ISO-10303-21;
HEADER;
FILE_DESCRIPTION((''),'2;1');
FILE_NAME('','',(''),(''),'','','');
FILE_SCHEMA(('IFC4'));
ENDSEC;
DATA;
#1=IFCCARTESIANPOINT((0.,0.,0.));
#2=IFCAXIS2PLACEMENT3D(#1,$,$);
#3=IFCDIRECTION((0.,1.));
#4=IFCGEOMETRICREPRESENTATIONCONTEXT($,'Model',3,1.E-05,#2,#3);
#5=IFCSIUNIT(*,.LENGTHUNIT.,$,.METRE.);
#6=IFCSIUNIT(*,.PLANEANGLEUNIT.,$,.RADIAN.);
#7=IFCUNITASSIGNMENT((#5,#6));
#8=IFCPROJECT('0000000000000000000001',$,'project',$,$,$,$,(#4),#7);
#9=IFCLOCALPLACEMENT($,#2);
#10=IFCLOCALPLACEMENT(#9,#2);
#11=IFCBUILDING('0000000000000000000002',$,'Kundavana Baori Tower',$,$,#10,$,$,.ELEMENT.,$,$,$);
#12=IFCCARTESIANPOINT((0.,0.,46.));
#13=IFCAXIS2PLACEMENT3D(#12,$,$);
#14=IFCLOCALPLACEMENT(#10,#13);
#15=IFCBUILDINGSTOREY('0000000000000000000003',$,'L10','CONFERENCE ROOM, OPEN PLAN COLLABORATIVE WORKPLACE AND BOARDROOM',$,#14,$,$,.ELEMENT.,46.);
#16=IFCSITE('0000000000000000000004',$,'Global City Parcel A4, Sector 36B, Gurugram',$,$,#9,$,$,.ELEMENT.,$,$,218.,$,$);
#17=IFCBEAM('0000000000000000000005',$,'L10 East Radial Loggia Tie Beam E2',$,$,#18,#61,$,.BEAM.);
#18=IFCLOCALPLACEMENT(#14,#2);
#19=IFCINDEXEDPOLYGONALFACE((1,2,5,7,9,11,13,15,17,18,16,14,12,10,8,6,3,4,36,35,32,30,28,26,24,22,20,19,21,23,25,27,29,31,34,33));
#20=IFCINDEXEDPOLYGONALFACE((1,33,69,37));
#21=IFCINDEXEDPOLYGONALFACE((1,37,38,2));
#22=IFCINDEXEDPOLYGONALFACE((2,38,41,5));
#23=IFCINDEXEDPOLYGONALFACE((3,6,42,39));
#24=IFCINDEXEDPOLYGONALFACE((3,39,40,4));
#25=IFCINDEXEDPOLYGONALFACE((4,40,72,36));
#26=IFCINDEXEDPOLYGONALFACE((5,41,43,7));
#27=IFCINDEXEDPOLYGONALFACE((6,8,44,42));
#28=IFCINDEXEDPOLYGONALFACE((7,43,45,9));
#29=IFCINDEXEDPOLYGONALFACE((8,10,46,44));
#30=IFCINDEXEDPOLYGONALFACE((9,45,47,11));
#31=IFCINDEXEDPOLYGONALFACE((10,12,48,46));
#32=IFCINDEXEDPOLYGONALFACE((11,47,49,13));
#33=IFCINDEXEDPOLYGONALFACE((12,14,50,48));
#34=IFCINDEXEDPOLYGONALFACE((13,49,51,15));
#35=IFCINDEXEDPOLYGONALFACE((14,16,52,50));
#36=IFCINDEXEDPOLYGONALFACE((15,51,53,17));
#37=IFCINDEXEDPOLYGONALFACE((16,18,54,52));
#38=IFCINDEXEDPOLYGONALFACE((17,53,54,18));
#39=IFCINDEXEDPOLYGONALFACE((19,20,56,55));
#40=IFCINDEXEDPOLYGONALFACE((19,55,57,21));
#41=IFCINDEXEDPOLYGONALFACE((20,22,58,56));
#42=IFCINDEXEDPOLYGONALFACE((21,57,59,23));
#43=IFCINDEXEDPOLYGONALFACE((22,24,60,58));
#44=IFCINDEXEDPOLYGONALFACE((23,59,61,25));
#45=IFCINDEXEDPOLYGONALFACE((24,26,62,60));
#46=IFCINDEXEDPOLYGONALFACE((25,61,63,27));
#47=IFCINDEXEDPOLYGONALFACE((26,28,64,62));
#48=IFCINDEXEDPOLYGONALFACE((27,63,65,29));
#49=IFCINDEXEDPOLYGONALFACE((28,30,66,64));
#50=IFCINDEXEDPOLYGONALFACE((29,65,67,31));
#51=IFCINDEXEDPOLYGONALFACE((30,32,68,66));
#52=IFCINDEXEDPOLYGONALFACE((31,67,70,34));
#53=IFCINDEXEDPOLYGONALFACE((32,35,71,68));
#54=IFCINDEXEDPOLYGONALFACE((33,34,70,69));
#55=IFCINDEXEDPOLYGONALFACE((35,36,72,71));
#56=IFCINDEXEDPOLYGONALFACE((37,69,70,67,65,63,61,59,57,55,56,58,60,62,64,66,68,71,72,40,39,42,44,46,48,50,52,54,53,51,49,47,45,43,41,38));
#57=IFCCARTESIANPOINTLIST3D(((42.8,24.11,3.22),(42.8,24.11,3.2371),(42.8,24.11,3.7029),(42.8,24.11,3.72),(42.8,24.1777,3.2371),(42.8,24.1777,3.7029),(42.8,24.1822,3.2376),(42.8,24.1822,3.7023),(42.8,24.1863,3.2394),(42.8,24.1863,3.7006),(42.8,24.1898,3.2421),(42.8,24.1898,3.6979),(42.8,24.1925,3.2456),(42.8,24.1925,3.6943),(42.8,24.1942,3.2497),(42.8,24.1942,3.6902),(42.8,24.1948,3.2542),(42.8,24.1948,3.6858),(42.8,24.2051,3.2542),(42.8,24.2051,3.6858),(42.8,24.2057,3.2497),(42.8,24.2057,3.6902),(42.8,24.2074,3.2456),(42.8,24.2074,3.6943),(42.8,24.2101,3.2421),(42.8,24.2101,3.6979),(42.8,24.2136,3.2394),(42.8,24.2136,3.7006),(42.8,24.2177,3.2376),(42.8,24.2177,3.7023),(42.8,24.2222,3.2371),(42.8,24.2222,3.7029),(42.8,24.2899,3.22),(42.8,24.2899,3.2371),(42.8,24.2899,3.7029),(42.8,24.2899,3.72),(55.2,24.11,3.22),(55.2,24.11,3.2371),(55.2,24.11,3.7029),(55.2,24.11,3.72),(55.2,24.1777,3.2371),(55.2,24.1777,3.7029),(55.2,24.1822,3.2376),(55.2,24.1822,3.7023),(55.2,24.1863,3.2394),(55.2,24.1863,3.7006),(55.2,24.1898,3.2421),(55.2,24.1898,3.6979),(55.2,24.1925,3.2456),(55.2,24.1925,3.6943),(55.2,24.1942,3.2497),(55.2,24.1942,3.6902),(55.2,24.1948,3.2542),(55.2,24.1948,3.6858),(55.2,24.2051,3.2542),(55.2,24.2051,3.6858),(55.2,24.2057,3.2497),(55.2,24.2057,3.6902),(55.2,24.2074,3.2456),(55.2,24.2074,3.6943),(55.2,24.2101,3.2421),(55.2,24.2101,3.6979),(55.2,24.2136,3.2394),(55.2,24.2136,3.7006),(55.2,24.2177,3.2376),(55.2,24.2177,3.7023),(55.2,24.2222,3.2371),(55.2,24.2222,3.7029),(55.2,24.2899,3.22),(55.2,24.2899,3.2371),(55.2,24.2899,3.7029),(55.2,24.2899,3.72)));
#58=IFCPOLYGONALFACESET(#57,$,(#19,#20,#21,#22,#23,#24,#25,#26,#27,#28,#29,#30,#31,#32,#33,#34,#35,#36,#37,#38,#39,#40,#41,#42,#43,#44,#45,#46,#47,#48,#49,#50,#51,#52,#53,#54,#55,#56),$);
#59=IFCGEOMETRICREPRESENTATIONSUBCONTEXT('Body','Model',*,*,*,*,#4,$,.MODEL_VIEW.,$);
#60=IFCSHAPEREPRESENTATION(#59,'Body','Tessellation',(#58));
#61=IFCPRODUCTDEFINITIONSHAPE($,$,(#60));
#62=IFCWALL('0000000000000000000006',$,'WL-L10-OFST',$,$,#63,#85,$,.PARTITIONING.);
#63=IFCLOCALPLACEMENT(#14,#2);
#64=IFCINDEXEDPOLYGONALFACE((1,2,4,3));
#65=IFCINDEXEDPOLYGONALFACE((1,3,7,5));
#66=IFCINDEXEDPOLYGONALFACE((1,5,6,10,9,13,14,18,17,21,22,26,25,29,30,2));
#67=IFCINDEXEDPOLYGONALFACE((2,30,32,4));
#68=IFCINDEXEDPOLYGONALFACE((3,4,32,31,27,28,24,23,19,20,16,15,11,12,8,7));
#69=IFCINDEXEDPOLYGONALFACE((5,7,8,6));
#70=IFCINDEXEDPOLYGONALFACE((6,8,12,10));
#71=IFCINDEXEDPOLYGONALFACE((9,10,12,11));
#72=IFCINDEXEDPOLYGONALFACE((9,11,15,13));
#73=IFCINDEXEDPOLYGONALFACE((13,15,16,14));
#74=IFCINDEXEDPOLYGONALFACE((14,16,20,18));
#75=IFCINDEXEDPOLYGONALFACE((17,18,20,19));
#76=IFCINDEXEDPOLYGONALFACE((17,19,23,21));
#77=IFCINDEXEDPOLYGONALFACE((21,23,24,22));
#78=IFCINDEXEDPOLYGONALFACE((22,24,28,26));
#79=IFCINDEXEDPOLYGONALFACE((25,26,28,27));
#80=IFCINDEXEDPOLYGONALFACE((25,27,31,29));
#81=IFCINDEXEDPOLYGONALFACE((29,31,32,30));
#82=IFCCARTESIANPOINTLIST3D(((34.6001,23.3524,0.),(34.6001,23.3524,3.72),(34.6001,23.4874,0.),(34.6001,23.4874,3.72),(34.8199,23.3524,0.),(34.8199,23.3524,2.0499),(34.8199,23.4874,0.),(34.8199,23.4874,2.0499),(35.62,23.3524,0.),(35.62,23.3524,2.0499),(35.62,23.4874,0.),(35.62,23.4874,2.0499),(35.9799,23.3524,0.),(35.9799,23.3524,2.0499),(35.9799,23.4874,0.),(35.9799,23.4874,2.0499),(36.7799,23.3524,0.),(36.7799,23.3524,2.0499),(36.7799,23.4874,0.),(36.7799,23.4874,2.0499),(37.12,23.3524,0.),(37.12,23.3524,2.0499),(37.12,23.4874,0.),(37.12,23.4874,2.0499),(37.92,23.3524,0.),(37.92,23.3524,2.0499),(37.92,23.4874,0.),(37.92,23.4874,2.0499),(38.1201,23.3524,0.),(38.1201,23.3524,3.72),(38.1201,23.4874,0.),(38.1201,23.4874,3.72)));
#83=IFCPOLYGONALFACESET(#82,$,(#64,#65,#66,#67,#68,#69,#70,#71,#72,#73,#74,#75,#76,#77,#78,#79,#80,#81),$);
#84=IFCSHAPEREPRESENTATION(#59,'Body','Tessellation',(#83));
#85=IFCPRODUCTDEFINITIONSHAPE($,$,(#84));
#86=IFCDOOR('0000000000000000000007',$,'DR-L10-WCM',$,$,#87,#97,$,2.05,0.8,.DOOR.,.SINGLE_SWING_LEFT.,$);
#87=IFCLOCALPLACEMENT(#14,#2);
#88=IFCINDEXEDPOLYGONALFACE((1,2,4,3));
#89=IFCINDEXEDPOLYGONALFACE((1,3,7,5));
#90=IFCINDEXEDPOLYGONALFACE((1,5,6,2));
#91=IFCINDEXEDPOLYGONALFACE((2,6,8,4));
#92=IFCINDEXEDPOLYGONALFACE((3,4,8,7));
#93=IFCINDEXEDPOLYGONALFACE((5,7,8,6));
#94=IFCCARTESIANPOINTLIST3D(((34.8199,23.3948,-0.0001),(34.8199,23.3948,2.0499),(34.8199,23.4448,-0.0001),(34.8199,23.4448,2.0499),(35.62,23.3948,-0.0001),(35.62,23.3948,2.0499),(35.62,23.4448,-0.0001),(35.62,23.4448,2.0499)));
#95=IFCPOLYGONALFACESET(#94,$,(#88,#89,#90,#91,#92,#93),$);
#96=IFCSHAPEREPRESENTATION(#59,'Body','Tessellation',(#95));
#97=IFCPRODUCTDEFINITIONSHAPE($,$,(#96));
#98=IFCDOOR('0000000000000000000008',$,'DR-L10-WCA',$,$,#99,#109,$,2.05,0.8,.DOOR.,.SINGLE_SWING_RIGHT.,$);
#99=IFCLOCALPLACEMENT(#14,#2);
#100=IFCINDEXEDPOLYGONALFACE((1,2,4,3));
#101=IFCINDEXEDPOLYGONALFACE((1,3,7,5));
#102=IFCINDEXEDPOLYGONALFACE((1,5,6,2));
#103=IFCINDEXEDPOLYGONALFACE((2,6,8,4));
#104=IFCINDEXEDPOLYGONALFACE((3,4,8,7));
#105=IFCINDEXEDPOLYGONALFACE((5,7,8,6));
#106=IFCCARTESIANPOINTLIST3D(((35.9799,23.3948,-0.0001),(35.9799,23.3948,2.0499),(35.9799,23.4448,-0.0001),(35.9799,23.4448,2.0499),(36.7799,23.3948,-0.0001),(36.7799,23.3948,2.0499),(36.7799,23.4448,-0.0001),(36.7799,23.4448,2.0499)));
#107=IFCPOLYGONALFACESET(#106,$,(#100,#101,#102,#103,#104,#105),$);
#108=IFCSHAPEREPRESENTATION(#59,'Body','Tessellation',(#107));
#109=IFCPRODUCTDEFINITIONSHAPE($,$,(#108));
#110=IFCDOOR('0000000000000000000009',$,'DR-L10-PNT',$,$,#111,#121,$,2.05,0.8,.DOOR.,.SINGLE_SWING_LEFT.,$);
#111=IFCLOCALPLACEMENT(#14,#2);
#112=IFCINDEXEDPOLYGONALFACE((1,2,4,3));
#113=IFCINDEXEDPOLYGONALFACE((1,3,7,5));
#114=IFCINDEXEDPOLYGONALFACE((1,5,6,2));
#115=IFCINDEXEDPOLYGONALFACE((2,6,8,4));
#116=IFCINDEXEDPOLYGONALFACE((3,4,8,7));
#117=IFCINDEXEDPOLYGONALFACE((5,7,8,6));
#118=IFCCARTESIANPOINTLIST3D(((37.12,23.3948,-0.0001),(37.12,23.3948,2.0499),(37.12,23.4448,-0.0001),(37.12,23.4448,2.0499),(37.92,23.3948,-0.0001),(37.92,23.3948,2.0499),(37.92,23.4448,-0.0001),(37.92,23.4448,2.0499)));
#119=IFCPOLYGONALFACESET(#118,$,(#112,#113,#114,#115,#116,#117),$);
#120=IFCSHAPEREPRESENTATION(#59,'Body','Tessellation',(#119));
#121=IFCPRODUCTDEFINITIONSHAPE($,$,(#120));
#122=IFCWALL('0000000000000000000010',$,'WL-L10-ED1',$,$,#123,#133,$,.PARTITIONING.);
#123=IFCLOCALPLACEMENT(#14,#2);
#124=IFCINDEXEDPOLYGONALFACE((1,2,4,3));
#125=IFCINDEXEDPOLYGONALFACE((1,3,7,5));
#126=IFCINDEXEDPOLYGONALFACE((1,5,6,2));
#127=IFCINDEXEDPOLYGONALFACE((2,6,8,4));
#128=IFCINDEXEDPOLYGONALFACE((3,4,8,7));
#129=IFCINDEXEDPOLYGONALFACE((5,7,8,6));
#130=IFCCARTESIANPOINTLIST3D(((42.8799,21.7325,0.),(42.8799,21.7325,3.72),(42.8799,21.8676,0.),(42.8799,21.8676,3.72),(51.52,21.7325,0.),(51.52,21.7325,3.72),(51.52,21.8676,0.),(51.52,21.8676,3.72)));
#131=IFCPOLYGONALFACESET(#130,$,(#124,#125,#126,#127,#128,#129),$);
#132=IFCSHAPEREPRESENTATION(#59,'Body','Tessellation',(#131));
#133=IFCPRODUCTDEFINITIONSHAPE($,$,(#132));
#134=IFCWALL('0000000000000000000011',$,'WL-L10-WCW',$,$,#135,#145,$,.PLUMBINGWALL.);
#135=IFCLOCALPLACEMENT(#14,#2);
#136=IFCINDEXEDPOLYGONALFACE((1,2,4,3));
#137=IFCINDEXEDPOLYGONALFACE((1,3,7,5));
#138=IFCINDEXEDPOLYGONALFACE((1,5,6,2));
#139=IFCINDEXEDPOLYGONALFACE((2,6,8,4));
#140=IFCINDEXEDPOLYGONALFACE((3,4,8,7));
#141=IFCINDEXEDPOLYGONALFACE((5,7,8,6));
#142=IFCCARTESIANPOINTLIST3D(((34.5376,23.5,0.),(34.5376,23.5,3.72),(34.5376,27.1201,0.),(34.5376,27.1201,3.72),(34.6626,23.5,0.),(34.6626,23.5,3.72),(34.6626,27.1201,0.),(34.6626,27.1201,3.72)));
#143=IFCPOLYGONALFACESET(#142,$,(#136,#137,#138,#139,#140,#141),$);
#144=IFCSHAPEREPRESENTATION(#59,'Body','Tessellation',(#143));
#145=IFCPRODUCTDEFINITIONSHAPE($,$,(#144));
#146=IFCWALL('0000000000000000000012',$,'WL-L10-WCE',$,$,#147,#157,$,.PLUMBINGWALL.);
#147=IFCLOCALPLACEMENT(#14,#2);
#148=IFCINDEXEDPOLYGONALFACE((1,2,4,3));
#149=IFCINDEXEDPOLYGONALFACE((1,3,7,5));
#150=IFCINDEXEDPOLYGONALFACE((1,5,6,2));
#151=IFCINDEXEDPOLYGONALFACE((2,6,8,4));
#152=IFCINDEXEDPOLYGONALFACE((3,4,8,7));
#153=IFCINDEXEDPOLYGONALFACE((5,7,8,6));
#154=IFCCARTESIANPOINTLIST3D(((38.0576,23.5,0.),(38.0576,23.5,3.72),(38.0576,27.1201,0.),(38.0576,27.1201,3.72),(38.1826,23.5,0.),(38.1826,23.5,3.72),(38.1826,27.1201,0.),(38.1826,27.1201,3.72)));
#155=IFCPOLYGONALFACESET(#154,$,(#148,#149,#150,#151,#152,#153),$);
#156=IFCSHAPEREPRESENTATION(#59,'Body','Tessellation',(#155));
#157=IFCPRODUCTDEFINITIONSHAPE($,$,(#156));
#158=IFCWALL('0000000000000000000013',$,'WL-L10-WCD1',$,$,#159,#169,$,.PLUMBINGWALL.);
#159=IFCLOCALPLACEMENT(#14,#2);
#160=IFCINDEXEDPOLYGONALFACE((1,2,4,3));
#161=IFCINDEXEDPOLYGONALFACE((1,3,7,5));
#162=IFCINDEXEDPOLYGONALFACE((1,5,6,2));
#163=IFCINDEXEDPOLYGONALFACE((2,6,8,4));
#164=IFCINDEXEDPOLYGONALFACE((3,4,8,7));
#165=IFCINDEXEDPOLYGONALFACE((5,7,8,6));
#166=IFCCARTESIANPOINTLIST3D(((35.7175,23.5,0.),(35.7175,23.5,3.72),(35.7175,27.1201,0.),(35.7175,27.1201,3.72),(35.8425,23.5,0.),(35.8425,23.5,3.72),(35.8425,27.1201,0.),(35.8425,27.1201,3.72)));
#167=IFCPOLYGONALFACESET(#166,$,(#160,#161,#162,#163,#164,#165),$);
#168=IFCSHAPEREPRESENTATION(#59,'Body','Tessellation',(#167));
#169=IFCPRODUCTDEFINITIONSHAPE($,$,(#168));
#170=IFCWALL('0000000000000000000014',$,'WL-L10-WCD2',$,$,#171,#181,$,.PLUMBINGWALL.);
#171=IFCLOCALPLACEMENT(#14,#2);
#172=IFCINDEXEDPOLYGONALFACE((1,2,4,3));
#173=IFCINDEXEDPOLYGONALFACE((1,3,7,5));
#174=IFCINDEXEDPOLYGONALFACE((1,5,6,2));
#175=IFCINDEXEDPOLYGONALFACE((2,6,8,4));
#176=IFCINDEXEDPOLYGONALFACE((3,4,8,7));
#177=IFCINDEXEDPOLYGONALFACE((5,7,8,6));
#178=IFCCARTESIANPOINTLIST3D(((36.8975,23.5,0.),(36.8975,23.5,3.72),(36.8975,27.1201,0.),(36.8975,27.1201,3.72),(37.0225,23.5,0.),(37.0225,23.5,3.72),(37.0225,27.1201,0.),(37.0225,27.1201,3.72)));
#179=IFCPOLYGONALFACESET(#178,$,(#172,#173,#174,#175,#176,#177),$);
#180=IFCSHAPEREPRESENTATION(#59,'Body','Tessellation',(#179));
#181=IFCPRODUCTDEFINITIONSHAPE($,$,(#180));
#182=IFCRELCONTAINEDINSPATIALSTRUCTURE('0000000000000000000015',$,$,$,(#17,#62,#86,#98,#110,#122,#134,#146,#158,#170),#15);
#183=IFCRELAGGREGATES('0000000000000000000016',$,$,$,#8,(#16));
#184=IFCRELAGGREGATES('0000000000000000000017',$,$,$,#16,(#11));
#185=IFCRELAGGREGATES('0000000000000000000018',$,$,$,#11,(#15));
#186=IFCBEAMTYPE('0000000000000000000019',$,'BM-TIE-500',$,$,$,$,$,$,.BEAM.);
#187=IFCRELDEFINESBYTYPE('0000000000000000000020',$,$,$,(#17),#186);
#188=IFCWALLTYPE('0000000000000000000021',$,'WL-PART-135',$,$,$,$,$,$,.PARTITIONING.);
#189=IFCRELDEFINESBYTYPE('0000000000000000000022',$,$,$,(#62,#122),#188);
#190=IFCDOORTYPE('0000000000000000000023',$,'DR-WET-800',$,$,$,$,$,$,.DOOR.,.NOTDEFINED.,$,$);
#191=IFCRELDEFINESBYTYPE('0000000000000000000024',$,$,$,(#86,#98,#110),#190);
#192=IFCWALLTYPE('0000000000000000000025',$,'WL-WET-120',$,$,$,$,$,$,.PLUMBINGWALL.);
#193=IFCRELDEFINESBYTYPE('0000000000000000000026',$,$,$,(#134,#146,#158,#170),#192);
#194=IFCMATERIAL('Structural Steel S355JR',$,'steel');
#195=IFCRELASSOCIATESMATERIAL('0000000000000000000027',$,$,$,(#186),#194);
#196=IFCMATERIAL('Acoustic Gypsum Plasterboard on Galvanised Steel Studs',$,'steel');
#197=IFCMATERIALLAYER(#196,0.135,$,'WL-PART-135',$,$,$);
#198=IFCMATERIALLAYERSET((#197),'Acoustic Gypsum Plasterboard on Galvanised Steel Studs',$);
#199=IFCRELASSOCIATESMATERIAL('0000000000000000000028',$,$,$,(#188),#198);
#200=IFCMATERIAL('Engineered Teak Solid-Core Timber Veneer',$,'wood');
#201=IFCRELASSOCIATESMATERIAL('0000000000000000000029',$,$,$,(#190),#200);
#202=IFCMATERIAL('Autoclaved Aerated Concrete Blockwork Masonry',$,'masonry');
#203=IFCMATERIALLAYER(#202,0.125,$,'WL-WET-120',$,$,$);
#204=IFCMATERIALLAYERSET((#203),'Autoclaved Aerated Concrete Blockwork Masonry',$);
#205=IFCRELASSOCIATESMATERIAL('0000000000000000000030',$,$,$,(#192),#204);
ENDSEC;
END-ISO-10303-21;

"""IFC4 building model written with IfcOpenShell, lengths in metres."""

from ifc_helpers import new_model, si_unit, direction, frame, frame_2d, origin, origin_2d, place, context, subcontext, project, spatial, rectangle, i_section, extrude, material, layer, layer_set, material_profile, profile_set, type_object, element, fill, save


model = new_model("IFC4")

# Units and contexts
model_context = context("Model", 3, precision=1e-05, world=origin(), true_north=direction((0.0, 1.0)))
body_context = subcontext(model_context, "Body", "Model", "MODEL_VIEW")
ifc_project = project(units=[si_unit("LENGTHUNIT", "METRE"), si_unit("PLANEANGLEUNIT", "RADIAN")], contexts=[model_context])

# Site, building, storey
site_placement = place(None, origin())
site = spatial("IfcSite", under=ifc_project, at=site_placement, Name="Global City Parcel A4, Sector 36B, Gurugram", CompositionType="ELEMENT", RefElevation=218.0)
building_placement = place(site_placement, origin())
building = spatial("IfcBuilding", under=site, at=building_placement, Name="Kundavana Baori Tower", CompositionType="ELEMENT")
storey_placement = place(building_placement, frame((0.0, 0.0, 46.0)))
storey = spatial("IfcBuildingStorey", under=building, at=storey_placement, Name="L10", Description="CONFERENCE ROOM, OPEN PLAN COLLABORATIVE WORKPLACE AND BOARDROOM", CompositionType="ELEMENT", Elevation=46.0)

# Beam
ifc_material_1 = material(Name="Structural Steel S355JR", Category="steel")
ifc_material_profile_1 = material_profile(ifc_material_1, i_section(OverallWidth=0.1799, OverallDepth=0.5, WebThickness=0.0103, FlangeThickness=0.0171, FilletRadius=0.0171, at=origin_2d()), Name="ISMB 500")
ifc_profile_set_1 = profile_set([ifc_material_profile_1], Name="Structural Steel S355JR")
beam_type_1 = type_object("IfcBeamType", Name="BM-TIE-500", PredefinedType="BEAM", material=ifc_profile_set_1)
beam_1_placement = place(storey_placement, frame((42.8, 24.2, 3.47), z_axis=(1.0, 0.0, 0.0), x_axis=(0.0, 1.0, 0.0)))
element("IfcBeam", 1, at=beam_1_placement, inside=storey, type_object=beam_type_1, Name="L10 East Radial Loggia Tie Beam E2", PredefinedType="BEAM", context=body_context, shape_type="SweptSolid", body=[
    extrude(i_section(OverallWidth=0.1799, OverallDepth=0.5, WebThickness=0.0103, FlangeThickness=0.0171, FilletRadius=0.0171, at=origin_2d()), origin(), (0.0, 0.0, 1.0), 12.3999),
])

# Wall, openings, doors
ifc_material_2 = material(Name="Acoustic Gypsum Plasterboard on Galvanised Steel Studs", Category="steel")
ifc_layer_1 = layer(ifc_material_2, 0.135, Name="WL-PART-135")
ifc_layer_set_1 = layer_set([ifc_layer_1], Name="Acoustic Gypsum Plasterboard on Galvanised Steel Studs")
wall_type_1 = type_object("IfcWallType", Name="WL-PART-135", PredefinedType="PARTITIONING", material=ifc_layer_set_1)
wall_1_placement = place(storey_placement, frame((34.6001, 23.4199, 0.0), z_axis=(0.0, 0.0, 1.0), x_axis=(1.0, 0.0, 0.0)))
wall_1 = element("IfcWall", 2, at=wall_1_placement, inside=storey, type_object=wall_type_1, Name="WL-L10-OFST", PredefinedType="PARTITIONING", context=body_context, shape_type="SweptSolid", body=[
    extrude(rectangle(XDim=3.52, YDim=0.135, at=frame_2d((1.76, 0.0))), origin(), (0.0, 0.0, 1.0), 3.72),
])
opening_1_placement = place(wall_1_placement, frame((0.22, 0.0, 0.0)))
opening_1 = element("IfcOpeningElement", 3, at=opening_1_placement, cuts=wall_1, PredefinedType="OPENING", context=body_context, shape_type="SweptSolid", body=[
    extrude(rectangle(XDim=0.8, YDim=2.05, at=frame_2d((0.3999, 1.0249))), frame((0.0, 0.0776, 0.0), z_axis=(0.0, -1.0, 0.0), x_axis=(1.0, 0.0, 0.0)), (0.0, 0.0, 1.0), 0.155),
])
opening_2_placement = place(wall_1_placement, frame((1.3799, 0.0, 0.0)))
opening_2 = element("IfcOpeningElement", 4, at=opening_2_placement, cuts=wall_1, PredefinedType="OPENING", context=body_context, shape_type="SweptSolid", body=[
    extrude(rectangle(XDim=0.8, YDim=2.05, at=frame_2d((0.3999, 1.0249))), frame((0.0, 0.0776, 0.0), z_axis=(0.0, -1.0, 0.0), x_axis=(1.0, 0.0, 0.0)), (0.0, 0.0, 1.0), 0.155),
])
opening_3_placement = place(wall_1_placement, frame((2.52, 0.0, 0.0)))
opening_3 = element("IfcOpeningElement", 5, at=opening_3_placement, cuts=wall_1, PredefinedType="OPENING", context=body_context, shape_type="SweptSolid", body=[
    extrude(rectangle(XDim=0.8, YDim=2.05, at=frame_2d((0.3999, 1.0249))), frame((0.0, 0.0776, 0.0), z_axis=(0.0, -1.0, 0.0), x_axis=(1.0, 0.0, 0.0)), (0.0, 0.0, 1.0), 0.155),
])
ifc_material_3 = material(Name="Engineered Teak Solid-Core Timber Veneer", Category="wood")
door_type = type_object("IfcDoorType", Name="DR-WET-800", OperationType="NOTDEFINED", PredefinedType="DOOR", material=ifc_material_3)
door_1_placement = place(opening_1_placement, origin())
door_1 = element("IfcDoor", 6, at=door_1_placement, inside=storey, type_object=door_type, Name="DR-L10-WCM", OperationType="SINGLE_SWING_LEFT", OverallHeight=2.05, OverallWidth=0.8, PredefinedType="DOOR", context=body_context, shape_type="SweptSolid", body=[
    extrude(rectangle(XDim=0.8, YDim=2.05, at=frame_2d((0.3999, 1.0249))), frame((0.0, 0.0249, 0.0), z_axis=(0.0, -1.0, 0.0), x_axis=(1.0, 0.0, 0.0)), (0.0, 0.0, 1.0), 0.05),
])
fill(opening_1, door_1)
door_2_placement = place(opening_2_placement, origin())
door_2 = element("IfcDoor", 7, at=door_2_placement, inside=storey, type_object=door_type, Name="DR-L10-WCA", OperationType="SINGLE_SWING_RIGHT", OverallHeight=2.05, OverallWidth=0.8, PredefinedType="DOOR", context=body_context, shape_type="SweptSolid", body=[
    extrude(rectangle(XDim=0.8, YDim=2.05, at=frame_2d((0.3999, 1.0249))), frame((0.0, 0.0249, 0.0), z_axis=(0.0, -1.0, 0.0), x_axis=(1.0, 0.0, 0.0)), (0.0, 0.0, 1.0), 0.05),
])
fill(opening_2, door_2)
door_3_placement = place(opening_3_placement, origin())
door_3 = element("IfcDoor", 8, at=door_3_placement, inside=storey, type_object=door_type, Name="DR-L10-PNT", OperationType="SINGLE_SWING_LEFT", OverallHeight=2.05, OverallWidth=0.8, PredefinedType="DOOR", context=body_context, shape_type="SweptSolid", body=[
    extrude(rectangle(XDim=0.8, YDim=2.05, at=frame_2d((0.3999, 1.0249))), frame((0.0, 0.0249, 0.0), z_axis=(0.0, -1.0, 0.0), x_axis=(1.0, 0.0, 0.0)), (0.0, 0.0, 1.0), 0.05),
])
fill(opening_3, door_3)

# Walls
wall_2_placement = place(storey_placement, frame((42.8799, 21.8, 0.0), z_axis=(0.0, 0.0, 1.0), x_axis=(1.0, 0.0, 0.0)))
element("IfcWall", 9, at=wall_2_placement, inside=storey, type_object=wall_type_1, Name="WL-L10-ED1", PredefinedType="PARTITIONING", context=body_context, shape_type="SweptSolid", body=[
    extrude(rectangle(XDim=8.6401, YDim=0.135, at=frame_2d((4.3201, 0.0))), origin(), (0.0, 0.0, 1.0), 3.72),
])
ifc_material_4 = material(Name="Autoclaved Aerated Concrete Blockwork Masonry", Category="masonry")
ifc_layer_2 = layer(ifc_material_4, 0.125, Name="WL-WET-120")
ifc_layer_set_2 = layer_set([ifc_layer_2], Name="Autoclaved Aerated Concrete Blockwork Masonry")
wall_type_2 = type_object("IfcWallType", Name="WL-WET-120", PredefinedType="PLUMBINGWALL", material=ifc_layer_set_2)
for number, where, z_axis, x_axis, name in (
    (10, (34.6001, 23.5, 0.0), (0.0, 0.0, 1.0), (0.0, 1.0, 0.0), "WL-L10-WCW"),
    (11, (38.1201, 23.5, 0.0), (0.0, 0.0, 1.0), (0.0, 1.0, 0.0), "WL-L10-WCE"),
    (12, (35.78, 23.5, 0.0), (0.0, 0.0, 1.0), (0.0, 1.0, 0.0), "WL-L10-WCD1"),
    (13, (36.96, 23.5, 0.0), (0.0, 0.0, 1.0), (0.0, 1.0, 0.0), "WL-L10-WCD2"),
):
    element("IfcWall", number, at=place(storey_placement, frame(where, z_axis=z_axis, x_axis=x_axis)), inside=storey, type_object=wall_type_2, Name=name, PredefinedType="PLUMBINGWALL", context=body_context, shape_type="SweptSolid", body=[
        extrude(rectangle(XDim=3.6201, YDim=0.125, at=frame_2d((1.8101, 0.0))), origin(), (0.0, 0.0, 1.0), 3.72),
    ])

save(model, "model.ifc")
